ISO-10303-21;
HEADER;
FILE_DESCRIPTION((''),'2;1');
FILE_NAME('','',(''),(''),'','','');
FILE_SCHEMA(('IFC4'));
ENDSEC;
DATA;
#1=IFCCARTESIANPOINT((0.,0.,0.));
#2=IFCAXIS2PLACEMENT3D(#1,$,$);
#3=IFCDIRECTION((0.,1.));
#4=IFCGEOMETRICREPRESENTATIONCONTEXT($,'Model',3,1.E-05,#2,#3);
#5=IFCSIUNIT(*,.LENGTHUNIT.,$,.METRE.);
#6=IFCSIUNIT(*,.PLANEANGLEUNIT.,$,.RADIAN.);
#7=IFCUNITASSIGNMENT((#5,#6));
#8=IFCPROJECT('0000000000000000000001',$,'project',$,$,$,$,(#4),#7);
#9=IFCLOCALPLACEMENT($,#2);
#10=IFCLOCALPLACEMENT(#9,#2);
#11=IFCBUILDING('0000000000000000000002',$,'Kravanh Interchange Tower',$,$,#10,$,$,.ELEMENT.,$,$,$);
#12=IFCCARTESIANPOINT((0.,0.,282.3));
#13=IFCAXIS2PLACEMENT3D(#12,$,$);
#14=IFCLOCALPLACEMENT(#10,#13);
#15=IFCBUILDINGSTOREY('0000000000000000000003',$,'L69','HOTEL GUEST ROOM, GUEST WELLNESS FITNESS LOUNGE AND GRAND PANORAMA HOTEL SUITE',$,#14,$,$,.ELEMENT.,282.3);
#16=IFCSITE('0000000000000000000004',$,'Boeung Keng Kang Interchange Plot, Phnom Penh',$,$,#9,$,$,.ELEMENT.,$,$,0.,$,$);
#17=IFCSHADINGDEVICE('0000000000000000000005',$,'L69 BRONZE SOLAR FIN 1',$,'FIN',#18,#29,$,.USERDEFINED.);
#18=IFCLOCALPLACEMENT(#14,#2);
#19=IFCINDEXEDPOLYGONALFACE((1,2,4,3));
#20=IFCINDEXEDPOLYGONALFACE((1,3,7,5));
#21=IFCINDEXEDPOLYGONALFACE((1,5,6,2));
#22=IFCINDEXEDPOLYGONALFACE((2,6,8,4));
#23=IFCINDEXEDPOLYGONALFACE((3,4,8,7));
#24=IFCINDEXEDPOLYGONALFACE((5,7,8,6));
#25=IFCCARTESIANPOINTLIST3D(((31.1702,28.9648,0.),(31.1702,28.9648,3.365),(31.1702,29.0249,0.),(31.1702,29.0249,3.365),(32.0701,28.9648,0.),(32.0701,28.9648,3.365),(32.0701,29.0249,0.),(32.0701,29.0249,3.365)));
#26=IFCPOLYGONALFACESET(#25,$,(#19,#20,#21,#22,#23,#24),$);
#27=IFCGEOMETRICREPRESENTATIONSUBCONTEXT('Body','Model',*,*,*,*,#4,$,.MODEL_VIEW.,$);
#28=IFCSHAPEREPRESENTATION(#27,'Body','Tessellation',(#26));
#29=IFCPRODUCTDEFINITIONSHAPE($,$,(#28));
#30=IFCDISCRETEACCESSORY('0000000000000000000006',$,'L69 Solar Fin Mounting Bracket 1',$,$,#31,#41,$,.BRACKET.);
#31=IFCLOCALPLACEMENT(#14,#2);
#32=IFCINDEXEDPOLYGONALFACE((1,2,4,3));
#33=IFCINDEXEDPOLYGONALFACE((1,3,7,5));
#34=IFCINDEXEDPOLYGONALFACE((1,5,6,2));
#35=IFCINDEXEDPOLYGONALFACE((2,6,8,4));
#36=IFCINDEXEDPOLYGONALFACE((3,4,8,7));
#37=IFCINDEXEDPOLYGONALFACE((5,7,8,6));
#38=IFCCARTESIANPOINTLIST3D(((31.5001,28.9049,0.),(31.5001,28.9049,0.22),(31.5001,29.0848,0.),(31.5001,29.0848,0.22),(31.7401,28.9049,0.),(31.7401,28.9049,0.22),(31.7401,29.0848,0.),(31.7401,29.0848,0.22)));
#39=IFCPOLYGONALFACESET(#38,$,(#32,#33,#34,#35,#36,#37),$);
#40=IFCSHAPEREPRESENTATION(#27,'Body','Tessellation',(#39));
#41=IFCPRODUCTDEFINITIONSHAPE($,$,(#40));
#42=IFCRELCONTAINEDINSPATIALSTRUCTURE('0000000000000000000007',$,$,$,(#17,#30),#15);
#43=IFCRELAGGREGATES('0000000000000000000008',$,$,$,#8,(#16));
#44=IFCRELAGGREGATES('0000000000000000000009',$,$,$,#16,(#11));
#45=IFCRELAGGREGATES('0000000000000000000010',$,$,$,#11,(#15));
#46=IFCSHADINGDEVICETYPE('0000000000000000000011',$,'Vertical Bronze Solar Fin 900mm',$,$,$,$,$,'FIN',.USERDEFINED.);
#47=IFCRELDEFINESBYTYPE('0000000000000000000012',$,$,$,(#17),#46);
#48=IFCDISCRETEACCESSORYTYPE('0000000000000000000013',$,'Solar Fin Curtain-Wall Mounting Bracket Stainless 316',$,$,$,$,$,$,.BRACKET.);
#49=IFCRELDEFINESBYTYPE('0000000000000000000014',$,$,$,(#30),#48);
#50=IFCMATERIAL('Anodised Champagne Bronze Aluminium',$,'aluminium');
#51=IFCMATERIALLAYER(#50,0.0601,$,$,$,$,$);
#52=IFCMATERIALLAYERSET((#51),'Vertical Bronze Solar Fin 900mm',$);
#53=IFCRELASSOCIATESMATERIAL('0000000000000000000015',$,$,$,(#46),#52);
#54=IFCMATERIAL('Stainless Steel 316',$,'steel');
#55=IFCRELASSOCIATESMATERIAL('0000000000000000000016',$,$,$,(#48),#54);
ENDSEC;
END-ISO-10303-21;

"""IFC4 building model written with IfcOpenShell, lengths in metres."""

from ifc_helpers import new_model, si_unit, direction, frame, origin, origin_2d, place, context, subcontext, project, spatial, rectangle, extrude, material, layer, layer_set, type_object, element, save


model = new_model("IFC4")

# Units and contexts
model_context = context("Model", 3, precision=1e-05, world=origin(), true_north=direction((0.0, 1.0)))
body_context = subcontext(model_context, "Body", "Model", "MODEL_VIEW")
ifc_project = project(units=[si_unit("LENGTHUNIT", "METRE"), si_unit("PLANEANGLEUNIT", "RADIAN")], contexts=[model_context])

# Site, building, storey
site_placement = place(None, origin())
site = spatial("IfcSite", under=ifc_project, at=site_placement, Name="Boeung Keng Kang Interchange Plot, Phnom Penh", CompositionType="ELEMENT", RefElevation=0.0)
building_placement = place(site_placement, origin())
building = spatial("IfcBuilding", under=site, at=building_placement, Name="Kravanh Interchange Tower", CompositionType="ELEMENT")
storey_placement = place(building_placement, frame((0.0, 0.0, 282.3)))
storey = spatial("IfcBuildingStorey", under=building, at=storey_placement, Name="L69", Description="HOTEL GUEST ROOM, GUEST WELLNESS FITNESS LOUNGE AND GRAND PANORAMA HOTEL SUITE", CompositionType="ELEMENT", Elevation=282.3)

# Shading device
ifc_material_1 = material(Name="Anodised Champagne Bronze Aluminium", Category="aluminium")
ifc_layer_1 = layer(ifc_material_1, 0.0601)
ifc_layer_set_1 = layer_set([ifc_layer_1], Name="Vertical Bronze Solar Fin 900mm")
shading_device_type = type_object("IfcShadingDeviceType", Name="Vertical Bronze Solar Fin 900mm", ElementType="FIN", PredefinedType="USERDEFINED", material=ifc_layer_set_1)
shading_device_placement = place(storey_placement, frame((31.6201, 28.9949, 0.0), z_axis=(0.0, 0.0, 1.0), x_axis=(-1.0, 0.0, 0.0)))
element("IfcShadingDevice", 1, at=shading_device_placement, inside=storey, type_object=shading_device_type, Name="L69 BRONZE SOLAR FIN 1", ObjectType="FIN", PredefinedType="USERDEFINED", context=body_context, shape_type="SweptSolid", body=[
    extrude(rectangle(XDim=0.8999, YDim=0.0601, at=origin_2d()), origin(), (0.0, 0.0, 1.0), 3.365),
])

# Discrete accessory
ifc_material_2 = material(Name="Stainless Steel 316", Category="steel")
discrete_accessory_type = type_object("IfcDiscreteAccessoryType", Name="Solar Fin Curtain-Wall Mounting Bracket Stainless 316", PredefinedType="BRACKET", material=ifc_material_2)
discrete_accessory_placement = place(storey_placement, frame((31.6201, 28.9949, 0.0), z_axis=(0.0, 0.0, 1.0), x_axis=(-1.0, 0.0, 0.0)))
element("IfcDiscreteAccessory", 2, at=discrete_accessory_placement, inside=storey, type_object=discrete_accessory_type, Name="L69 Solar Fin Mounting Bracket 1", PredefinedType="BRACKET", context=body_context, shape_type="SweptSolid", body=[
    extrude(rectangle(XDim=0.24, YDim=0.1799, at=origin_2d()), origin(), (0.0, 0.0, 1.0), 0.22),
])

save(model, "model.ifc")
